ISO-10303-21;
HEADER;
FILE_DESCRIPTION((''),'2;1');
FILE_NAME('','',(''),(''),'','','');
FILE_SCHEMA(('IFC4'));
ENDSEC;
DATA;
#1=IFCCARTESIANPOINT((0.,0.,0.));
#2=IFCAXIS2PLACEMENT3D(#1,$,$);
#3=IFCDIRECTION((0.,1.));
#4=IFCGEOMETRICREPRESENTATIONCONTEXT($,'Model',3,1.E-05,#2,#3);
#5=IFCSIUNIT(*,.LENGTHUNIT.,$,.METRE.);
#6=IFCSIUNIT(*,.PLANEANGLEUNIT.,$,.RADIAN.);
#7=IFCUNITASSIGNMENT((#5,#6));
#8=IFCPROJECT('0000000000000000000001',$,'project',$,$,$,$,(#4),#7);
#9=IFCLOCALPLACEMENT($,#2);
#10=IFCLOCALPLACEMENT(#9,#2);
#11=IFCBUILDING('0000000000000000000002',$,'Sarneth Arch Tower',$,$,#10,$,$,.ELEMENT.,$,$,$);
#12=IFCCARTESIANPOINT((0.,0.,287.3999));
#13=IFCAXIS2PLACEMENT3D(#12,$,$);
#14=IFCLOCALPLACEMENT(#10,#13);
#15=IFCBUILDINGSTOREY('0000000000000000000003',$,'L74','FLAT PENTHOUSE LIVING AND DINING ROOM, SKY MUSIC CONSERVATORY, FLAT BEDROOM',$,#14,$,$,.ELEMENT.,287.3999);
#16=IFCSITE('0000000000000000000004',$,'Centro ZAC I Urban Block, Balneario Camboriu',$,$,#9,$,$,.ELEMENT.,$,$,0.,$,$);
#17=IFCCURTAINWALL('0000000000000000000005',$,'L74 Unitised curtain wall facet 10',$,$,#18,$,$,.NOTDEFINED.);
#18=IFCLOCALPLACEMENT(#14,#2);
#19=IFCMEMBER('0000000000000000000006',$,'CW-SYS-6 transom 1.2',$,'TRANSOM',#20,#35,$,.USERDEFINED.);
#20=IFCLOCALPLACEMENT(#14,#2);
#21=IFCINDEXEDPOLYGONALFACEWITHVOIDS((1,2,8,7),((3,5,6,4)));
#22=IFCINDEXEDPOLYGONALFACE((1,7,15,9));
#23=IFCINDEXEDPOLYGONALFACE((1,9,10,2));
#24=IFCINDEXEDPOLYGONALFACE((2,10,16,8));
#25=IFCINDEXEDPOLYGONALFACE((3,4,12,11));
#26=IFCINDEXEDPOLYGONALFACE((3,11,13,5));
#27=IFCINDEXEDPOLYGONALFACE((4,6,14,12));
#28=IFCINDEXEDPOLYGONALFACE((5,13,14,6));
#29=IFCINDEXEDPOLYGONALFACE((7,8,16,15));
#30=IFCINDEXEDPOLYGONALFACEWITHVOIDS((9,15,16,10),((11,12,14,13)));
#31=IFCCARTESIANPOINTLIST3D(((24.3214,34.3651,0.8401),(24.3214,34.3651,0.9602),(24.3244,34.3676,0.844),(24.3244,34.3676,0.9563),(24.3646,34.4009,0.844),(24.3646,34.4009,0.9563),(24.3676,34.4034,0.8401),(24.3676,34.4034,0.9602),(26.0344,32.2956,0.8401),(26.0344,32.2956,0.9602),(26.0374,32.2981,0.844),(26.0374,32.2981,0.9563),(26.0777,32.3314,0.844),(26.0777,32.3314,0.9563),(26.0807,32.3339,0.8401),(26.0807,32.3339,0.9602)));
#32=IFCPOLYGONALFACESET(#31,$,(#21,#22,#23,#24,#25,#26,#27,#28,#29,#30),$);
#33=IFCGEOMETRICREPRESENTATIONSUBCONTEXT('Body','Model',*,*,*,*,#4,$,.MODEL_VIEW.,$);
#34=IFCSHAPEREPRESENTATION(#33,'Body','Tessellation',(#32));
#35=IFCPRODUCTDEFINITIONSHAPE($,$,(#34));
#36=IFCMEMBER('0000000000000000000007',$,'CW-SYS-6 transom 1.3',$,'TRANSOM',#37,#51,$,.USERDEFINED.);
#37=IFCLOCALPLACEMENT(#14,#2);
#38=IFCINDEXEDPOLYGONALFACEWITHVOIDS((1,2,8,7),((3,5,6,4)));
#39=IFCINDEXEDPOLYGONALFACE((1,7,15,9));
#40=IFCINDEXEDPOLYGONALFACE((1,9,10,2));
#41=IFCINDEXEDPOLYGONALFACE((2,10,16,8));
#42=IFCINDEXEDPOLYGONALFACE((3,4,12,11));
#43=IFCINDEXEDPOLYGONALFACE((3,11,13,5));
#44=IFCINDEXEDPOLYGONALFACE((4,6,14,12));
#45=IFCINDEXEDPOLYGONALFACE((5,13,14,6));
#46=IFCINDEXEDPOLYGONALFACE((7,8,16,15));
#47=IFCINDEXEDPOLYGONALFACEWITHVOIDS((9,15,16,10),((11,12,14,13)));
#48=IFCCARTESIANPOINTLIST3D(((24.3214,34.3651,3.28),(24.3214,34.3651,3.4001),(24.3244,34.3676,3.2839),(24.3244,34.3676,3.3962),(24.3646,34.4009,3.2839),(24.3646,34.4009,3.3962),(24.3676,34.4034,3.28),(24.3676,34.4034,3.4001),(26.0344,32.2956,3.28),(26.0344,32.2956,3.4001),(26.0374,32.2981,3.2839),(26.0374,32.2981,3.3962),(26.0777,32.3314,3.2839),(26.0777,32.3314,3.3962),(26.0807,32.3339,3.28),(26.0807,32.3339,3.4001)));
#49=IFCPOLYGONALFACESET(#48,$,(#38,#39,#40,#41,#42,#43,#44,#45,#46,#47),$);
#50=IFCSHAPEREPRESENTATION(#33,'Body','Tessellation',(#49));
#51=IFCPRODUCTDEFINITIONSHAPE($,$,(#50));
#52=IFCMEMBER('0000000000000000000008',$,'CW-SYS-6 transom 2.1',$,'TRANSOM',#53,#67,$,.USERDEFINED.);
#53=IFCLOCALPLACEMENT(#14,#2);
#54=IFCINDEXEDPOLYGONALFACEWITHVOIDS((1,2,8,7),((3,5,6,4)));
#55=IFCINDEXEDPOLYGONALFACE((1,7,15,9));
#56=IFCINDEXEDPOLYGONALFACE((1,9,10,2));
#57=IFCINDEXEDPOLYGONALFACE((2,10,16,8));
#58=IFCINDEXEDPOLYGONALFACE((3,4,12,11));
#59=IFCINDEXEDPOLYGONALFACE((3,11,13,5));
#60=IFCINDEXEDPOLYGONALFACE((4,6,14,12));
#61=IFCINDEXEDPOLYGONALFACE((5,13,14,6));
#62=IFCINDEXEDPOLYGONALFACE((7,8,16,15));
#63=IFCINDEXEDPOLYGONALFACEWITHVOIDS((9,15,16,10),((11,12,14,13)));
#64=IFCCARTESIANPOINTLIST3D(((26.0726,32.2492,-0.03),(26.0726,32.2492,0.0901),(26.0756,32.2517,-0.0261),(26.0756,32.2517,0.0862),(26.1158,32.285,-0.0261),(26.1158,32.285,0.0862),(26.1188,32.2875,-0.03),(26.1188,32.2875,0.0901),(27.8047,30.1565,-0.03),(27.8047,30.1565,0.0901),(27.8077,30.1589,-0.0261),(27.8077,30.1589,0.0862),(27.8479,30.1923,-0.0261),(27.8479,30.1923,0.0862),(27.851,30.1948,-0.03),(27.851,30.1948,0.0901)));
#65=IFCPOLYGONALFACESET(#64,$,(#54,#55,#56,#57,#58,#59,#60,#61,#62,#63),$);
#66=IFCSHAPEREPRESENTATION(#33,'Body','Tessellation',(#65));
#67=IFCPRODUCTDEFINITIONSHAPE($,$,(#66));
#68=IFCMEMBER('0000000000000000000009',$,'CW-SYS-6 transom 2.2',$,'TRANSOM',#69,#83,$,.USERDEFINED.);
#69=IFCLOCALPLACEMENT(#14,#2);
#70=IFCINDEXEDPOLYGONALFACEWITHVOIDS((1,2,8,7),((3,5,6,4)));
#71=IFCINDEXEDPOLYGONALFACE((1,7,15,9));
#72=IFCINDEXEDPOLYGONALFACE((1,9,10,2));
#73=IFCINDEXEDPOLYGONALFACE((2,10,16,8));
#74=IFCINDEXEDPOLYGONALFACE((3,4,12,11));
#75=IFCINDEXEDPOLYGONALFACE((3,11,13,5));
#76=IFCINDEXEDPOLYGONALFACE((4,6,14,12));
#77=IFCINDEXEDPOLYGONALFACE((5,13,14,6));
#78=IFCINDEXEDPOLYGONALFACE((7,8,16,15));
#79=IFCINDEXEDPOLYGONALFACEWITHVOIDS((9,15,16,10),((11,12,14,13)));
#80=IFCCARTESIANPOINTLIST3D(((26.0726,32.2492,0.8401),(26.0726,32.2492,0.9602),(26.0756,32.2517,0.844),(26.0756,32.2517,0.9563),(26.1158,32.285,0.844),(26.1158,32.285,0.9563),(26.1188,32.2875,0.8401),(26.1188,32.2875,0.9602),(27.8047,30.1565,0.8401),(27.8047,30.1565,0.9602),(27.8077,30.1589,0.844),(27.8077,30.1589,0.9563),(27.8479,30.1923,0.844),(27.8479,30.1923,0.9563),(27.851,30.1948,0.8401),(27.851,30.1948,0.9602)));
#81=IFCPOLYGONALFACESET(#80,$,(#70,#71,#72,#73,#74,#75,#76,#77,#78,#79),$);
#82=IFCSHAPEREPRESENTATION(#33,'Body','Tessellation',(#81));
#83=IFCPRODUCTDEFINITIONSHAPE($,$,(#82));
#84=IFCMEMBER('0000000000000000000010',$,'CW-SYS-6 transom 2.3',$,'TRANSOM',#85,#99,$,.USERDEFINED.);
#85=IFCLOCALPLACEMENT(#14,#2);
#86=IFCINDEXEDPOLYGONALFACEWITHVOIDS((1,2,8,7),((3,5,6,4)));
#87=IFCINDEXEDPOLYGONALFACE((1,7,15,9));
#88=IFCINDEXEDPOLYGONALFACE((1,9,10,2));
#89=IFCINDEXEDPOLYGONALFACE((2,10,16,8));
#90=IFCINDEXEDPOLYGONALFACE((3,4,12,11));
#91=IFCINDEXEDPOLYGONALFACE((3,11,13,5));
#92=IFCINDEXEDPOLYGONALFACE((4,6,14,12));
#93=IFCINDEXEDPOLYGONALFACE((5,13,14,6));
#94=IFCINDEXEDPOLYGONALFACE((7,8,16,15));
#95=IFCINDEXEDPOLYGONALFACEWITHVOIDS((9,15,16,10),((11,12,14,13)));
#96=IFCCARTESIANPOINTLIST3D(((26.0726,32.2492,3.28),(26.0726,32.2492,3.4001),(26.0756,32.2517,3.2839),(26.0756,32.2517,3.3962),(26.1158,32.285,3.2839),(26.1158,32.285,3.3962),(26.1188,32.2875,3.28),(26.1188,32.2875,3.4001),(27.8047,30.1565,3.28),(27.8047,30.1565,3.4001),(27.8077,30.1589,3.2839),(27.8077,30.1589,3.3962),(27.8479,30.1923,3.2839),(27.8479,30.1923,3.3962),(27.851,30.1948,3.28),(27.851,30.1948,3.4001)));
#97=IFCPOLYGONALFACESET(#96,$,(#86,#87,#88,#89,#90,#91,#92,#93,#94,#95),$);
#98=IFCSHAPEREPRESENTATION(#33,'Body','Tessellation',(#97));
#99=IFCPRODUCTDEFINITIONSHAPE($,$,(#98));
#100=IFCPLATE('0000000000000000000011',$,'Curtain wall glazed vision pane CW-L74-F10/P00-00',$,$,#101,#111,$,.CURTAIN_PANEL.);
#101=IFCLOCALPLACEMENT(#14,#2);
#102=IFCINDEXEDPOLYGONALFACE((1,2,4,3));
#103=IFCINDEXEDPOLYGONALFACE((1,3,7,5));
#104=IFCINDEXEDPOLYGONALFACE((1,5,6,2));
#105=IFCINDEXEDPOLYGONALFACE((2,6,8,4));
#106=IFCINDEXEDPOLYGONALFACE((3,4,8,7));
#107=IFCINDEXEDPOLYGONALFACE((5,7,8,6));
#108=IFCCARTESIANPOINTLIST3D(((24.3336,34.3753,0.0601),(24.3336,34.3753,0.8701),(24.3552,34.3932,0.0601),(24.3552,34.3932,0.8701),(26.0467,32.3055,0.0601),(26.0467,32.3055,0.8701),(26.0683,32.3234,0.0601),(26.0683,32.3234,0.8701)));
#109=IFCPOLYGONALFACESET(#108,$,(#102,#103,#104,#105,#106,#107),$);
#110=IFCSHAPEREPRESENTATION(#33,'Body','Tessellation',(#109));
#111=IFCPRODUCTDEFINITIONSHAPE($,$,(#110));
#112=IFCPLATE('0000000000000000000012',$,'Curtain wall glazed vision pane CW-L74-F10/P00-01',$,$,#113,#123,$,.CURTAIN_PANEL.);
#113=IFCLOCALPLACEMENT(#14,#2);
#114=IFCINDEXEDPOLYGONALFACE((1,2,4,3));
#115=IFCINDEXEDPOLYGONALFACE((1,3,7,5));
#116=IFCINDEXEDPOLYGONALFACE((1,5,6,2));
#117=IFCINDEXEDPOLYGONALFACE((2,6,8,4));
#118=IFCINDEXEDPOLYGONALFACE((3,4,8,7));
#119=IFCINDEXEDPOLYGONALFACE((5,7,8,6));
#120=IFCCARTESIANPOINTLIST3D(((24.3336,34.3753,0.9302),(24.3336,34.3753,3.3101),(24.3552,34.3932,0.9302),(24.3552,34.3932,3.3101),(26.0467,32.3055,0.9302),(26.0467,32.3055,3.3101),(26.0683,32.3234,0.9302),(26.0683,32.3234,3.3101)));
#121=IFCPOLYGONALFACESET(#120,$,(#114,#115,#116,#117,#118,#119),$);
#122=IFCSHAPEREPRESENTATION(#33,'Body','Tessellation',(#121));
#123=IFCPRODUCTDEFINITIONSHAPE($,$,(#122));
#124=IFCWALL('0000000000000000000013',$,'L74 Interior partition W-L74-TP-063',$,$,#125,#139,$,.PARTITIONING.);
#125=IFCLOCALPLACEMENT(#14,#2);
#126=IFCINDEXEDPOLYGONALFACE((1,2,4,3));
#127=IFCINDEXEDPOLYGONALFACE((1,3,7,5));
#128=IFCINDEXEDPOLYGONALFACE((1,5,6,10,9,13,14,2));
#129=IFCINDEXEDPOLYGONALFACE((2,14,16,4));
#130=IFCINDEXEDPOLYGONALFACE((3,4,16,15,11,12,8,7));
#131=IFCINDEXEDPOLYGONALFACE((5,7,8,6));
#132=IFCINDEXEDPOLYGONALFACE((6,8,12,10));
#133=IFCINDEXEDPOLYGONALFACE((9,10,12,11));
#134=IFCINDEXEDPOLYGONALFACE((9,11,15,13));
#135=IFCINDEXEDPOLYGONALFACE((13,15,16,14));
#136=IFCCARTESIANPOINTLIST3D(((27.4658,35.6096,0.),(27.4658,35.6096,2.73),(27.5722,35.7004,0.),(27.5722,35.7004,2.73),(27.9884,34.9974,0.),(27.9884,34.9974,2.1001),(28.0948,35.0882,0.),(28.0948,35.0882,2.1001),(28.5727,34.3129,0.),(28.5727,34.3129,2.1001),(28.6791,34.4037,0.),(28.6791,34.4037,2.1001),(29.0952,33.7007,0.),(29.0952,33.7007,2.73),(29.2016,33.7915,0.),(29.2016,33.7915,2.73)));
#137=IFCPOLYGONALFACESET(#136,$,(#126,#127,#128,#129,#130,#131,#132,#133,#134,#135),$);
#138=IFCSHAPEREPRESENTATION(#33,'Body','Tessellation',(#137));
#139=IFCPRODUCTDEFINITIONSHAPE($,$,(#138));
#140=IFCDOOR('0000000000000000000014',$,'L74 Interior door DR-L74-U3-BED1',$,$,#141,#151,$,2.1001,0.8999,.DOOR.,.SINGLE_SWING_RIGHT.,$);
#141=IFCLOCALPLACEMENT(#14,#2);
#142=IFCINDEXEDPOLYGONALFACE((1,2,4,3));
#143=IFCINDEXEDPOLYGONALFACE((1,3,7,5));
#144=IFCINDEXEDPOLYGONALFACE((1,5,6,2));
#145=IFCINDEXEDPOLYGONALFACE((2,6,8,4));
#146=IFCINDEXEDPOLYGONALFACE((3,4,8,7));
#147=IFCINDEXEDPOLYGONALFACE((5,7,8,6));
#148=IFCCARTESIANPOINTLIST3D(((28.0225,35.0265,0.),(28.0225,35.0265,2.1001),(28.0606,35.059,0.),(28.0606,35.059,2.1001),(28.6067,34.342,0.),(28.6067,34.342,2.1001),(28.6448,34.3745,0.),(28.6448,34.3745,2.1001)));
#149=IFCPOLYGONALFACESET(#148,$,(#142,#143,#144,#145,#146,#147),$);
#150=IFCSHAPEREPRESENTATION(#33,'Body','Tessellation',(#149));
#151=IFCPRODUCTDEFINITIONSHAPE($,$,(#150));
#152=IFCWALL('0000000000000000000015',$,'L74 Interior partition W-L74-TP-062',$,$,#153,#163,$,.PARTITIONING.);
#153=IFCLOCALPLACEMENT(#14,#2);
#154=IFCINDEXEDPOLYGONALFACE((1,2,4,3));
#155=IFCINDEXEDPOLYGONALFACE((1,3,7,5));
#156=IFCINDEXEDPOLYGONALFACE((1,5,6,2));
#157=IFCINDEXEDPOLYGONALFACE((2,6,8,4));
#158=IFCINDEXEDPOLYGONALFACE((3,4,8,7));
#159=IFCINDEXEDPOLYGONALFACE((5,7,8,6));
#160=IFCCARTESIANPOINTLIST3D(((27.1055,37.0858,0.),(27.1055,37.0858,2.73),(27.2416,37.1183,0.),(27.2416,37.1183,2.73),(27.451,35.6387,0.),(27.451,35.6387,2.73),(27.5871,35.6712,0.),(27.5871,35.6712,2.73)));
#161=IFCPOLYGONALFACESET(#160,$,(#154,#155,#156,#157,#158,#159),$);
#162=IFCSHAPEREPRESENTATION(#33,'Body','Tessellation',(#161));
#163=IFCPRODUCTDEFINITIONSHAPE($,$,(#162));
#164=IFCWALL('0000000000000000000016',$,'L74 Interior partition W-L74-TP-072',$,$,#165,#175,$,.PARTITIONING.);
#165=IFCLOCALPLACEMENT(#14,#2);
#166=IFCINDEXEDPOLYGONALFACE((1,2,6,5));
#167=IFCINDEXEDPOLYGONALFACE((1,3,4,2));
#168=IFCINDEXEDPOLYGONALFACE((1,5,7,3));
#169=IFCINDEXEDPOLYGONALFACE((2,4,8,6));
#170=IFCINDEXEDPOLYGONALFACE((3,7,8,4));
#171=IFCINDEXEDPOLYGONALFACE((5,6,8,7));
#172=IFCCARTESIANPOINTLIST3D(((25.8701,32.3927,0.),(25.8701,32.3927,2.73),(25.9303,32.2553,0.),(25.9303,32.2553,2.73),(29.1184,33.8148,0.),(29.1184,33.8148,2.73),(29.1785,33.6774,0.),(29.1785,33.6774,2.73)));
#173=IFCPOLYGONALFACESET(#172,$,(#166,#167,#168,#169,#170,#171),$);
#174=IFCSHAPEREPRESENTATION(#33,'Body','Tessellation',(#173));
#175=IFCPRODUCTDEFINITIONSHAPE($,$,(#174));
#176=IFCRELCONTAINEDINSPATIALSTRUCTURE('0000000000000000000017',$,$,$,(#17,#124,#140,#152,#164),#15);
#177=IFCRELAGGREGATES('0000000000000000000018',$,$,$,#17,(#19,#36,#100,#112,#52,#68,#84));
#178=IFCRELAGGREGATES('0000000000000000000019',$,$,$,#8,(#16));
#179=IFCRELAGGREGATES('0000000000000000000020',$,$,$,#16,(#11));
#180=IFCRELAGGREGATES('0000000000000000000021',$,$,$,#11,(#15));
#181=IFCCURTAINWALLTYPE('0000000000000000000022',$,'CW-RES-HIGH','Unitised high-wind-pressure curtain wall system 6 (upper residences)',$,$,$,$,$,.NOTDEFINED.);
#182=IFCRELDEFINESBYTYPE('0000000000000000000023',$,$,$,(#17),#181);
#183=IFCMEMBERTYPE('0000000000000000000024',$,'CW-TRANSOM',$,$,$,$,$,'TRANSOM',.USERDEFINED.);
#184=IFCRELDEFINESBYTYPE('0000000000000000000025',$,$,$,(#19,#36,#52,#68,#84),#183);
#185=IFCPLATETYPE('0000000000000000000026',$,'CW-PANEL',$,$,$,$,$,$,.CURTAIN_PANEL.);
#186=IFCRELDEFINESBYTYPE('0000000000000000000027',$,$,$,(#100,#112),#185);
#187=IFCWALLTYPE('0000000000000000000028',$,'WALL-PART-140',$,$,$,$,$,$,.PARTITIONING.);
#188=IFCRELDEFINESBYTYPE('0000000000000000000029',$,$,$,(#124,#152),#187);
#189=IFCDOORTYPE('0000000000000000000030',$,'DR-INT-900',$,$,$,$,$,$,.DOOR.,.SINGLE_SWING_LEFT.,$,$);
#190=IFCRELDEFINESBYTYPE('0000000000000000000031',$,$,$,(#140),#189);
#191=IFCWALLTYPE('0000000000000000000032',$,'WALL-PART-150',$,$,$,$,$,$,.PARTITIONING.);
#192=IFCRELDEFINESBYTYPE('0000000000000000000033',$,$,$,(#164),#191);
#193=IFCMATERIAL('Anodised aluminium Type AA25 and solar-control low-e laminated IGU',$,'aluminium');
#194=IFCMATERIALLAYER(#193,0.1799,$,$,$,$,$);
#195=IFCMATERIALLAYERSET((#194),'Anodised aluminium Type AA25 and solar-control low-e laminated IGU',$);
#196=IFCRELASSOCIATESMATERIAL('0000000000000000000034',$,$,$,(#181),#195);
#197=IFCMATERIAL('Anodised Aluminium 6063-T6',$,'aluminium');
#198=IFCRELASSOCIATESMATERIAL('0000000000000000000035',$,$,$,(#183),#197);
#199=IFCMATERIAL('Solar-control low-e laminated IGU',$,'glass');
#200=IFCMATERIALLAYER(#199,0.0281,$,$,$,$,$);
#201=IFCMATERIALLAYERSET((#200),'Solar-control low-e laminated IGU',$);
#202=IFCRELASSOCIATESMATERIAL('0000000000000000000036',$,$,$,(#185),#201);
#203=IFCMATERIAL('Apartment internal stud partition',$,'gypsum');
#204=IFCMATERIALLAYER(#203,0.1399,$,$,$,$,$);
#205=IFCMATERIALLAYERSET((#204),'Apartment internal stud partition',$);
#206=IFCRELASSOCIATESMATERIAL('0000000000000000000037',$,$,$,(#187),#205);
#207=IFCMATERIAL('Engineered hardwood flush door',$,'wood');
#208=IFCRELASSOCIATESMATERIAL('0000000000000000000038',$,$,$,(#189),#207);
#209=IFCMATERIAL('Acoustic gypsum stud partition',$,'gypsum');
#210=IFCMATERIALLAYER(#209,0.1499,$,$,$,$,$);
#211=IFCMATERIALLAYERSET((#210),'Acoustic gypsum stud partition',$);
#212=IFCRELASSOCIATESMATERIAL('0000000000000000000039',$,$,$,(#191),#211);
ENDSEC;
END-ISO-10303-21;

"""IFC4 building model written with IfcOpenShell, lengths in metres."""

from ifc_helpers import new_model, si_unit, direction, frame, frame_2d, origin, origin_2d, place, context, subcontext, project, spatial, rectangle, hollow_rectangle, extrude, material, layer, layer_set, material_profile, profile_set, type_object, element, fill, aggregate, save


model = new_model("IFC4")

# Units and contexts
model_context = context("Model", 3, precision=1e-05, world=origin(), true_north=direction((0.0, 1.0)))
body_context = subcontext(model_context, "Body", "Model", "MODEL_VIEW")
ifc_project = project(units=[si_unit("LENGTHUNIT", "METRE"), si_unit("PLANEANGLEUNIT", "RADIAN")], contexts=[model_context])

# Site, building, storey
site_placement = place(None, origin())
site = spatial("IfcSite", under=ifc_project, at=site_placement, Name="Centro ZAC I Urban Block, Balneario Camboriu", CompositionType="ELEMENT", RefElevation=0.0)
building_placement = place(site_placement, origin())
building = spatial("IfcBuilding", under=site, at=building_placement, Name="Sarneth Arch Tower", CompositionType="ELEMENT")
storey_placement = place(building_placement, frame((0.0, 0.0, 287.3999)))
storey = spatial("IfcBuildingStorey", under=building, at=storey_placement, Name="L74", Description="FLAT PENTHOUSE LIVING AND DINING ROOM, SKY MUSIC CONSERVATORY, FLAT BEDROOM", CompositionType="ELEMENT", Elevation=287.3999)

# Curtain wall, members, plates
ifc_material_1 = material(Name="Anodised aluminium Type AA25 and solar-control low-e laminated IGU", Category="aluminium")
ifc_layer_1 = layer(ifc_material_1, 0.1799)
ifc_layer_set_1 = layer_set([ifc_layer_1], Name="Anodised aluminium Type AA25 and solar-control low-e laminated IGU")
curtain_wall_type = type_object("IfcCurtainWallType", Name="CW-RES-HIGH", Description="Unitised high-wind-pressure curtain wall system 6 (upper residences)", PredefinedType="NOTDEFINED", material=ifc_layer_set_1)
curtain_wall_placement = place(storey_placement, origin())
curtain_wall = element("IfcCurtainWall", 1, at=curtain_wall_placement, inside=storey, type_object=curtain_wall_type, Name="L74 Unitised curtain wall facet 10", PredefinedType="NOTDEFINED")
ifc_material_2 = material(Name="Anodised Aluminium 6063-T6", Category="aluminium")
ifc_material_profile_1 = material_profile(ifc_material_2, hollow_rectangle(XDim=0.0601, YDim=0.1201, WallThickness=0.0039, at=origin_2d()), Name="AL-TRAN-120x60x4")
ifc_profile_set_1 = profile_set([ifc_material_profile_1], Name="Anodised Aluminium 6063-T6")
member_type_1 = type_object("IfcMemberType", Name="CW-TRANSOM", ElementType="TRANSOM", PredefinedType="USERDEFINED", material=ifc_profile_set_1)
member_1_placement = place(storey_placement, frame((24.3445, 34.3843, 0.9001), z_axis=(0.637651, -0.770325, 0.0), x_axis=(0.770325, 0.637651, 0.0)))
member_1 = element("IfcMember", 2, at=member_1_placement, type_object=member_type_1, Name="CW-SYS-6 transom 1.2", ObjectType="TRANSOM", PredefinedType="USERDEFINED", context=body_context, shape_type="SweptSolid", body=[
    extrude(hollow_rectangle(XDim=0.0601, YDim=0.1201, WallThickness=0.0039, at=origin_2d()), origin(), (0.0, 0.0, 1.0), 2.6865),
])
member_2_placement = place(storey_placement, frame((24.3445, 34.3843, 3.3401), z_axis=(0.637651, -0.770325, 0.0), x_axis=(0.770325, 0.637651, 0.0)))
member_2 = element("IfcMember", 3, at=member_2_placement, type_object=member_type_1, Name="CW-SYS-6 transom 1.3", ObjectType="TRANSOM", PredefinedType="USERDEFINED", context=body_context, shape_type="SweptSolid", body=[
    extrude(hollow_rectangle(XDim=0.0601, YDim=0.1201, WallThickness=0.0039, at=origin_2d()), origin(), (0.0, 0.0, 1.0), 2.6865),
])
member_3_placement = place(storey_placement, frame((26.0957, 32.2683, 0.03), z_axis=(0.637617, -0.770353, 0.0), x_axis=(0.770353, 0.637617, 0.0)))
member_3 = element("IfcMember", 4, at=member_3_placement, type_object=member_type_1, Name="CW-SYS-6 transom 2.1", ObjectType="TRANSOM", PredefinedType="USERDEFINED", context=body_context, shape_type="SweptSolid", body=[
    extrude(hollow_rectangle(XDim=0.0601, YDim=0.1201, WallThickness=0.0039, at=origin_2d()), origin(), (0.0, 0.0, 1.0), 2.7166),
])
member_4_placement = place(storey_placement, frame((26.0957, 32.2683, 0.9001), z_axis=(0.637617, -0.770353, 0.0), x_axis=(0.770353, 0.637617, 0.0)))
member_4 = element("IfcMember", 5, at=member_4_placement, type_object=member_type_1, Name="CW-SYS-6 transom 2.2", ObjectType="TRANSOM", PredefinedType="USERDEFINED", context=body_context, shape_type="SweptSolid", body=[
    extrude(hollow_rectangle(XDim=0.0601, YDim=0.1201, WallThickness=0.0039, at=origin_2d()), origin(), (0.0, 0.0, 1.0), 2.7166),
])
member_5_placement = place(storey_placement, frame((26.0957, 32.2683, 3.3401), z_axis=(0.637617, -0.770353, 0.0), x_axis=(0.770353, 0.637617, 0.0)))
member_5 = element("IfcMember", 6, at=member_5_placement, type_object=member_type_1, Name="CW-SYS-6 transom 2.3", ObjectType="TRANSOM", PredefinedType="USERDEFINED", context=body_context, shape_type="SweptSolid", body=[
    extrude(hollow_rectangle(XDim=0.0601, YDim=0.1201, WallThickness=0.0039, at=origin_2d()), origin(), (0.0, 0.0, 1.0), 2.7166),
])
ifc_material_3 = material(Name="Solar-control low-e laminated IGU", Category="glass")
ifc_layer_2 = layer(ifc_material_3, 0.0281)
ifc_layer_set_2 = layer_set([ifc_layer_2], Name="Solar-control low-e laminated IGU")
plate_type = type_object("IfcPlateType", Name="CW-PANEL", PredefinedType="CURTAIN_PANEL", material=ifc_layer_set_2)
plate_1_placement = place(storey_placement, frame((25.2009, 33.3494, 0.0601), z_axis=(0.0, 0.0, 1.0), x_axis=(0.63761, -0.770359, 0.0)))
plate_1 = element("IfcPlate", 7, at=plate_1_placement, type_object=plate_type, Name="Curtain wall glazed vision pane CW-L74-F10/P00-00", PredefinedType="CURTAIN_PANEL", context=body_context, shape_type="SweptSolid", body=[
    extrude(rectangle(XDim=2.6868, YDim=0.0281, at=origin_2d()), origin(), (0.0, 0.0, 1.0), 0.8101),
])
plate_2_placement = place(storey_placement, frame((25.2009, 33.3494, 0.9302), z_axis=(0.0, 0.0, 1.0), x_axis=(0.63761, -0.770359, 0.0)))
plate_2 = element("IfcPlate", 8, at=plate_2_placement, type_object=plate_type, Name="Curtain wall glazed vision pane CW-L74-F10/P00-01", PredefinedType="CURTAIN_PANEL", context=body_context, shape_type="SweptSolid", body=[
    extrude(rectangle(XDim=2.6868, YDim=0.0281, at=origin_2d()), origin(), (0.0, 0.0, 1.0), 2.3799),
])
aggregate(curtain_wall, [member_1, member_2, plate_1, plate_2, member_3, member_4, member_5])

# Wall, opening, door
ifc_material_4 = material(Name="Apartment internal stud partition", Category="gypsum")
ifc_layer_3 = layer(ifc_material_4, 0.1399)
ifc_layer_set_3 = layer_set([ifc_layer_3], Name="Apartment internal stud partition")
wall_type_1 = type_object("IfcWallType", Name="WALL-PART-140", PredefinedType="PARTITIONING", material=ifc_layer_set_3)
wall_1_placement = place(storey_placement, frame((27.519, 35.655, 0.0), z_axis=(0.0, 0.0, 1.0), x_axis=(0.64922, -0.760601, 0.0)))
wall_1 = element("IfcWall", 9, at=wall_1_placement, inside=storey, type_object=wall_type_1, Name="L74 Interior partition W-L74-TP-063", PredefinedType="PARTITIONING", context=body_context, shape_type="SweptSolid", body=[
    extrude(rectangle(XDim=2.5098, YDim=0.1399, at=frame_2d((1.2549, 0.0))), origin(), (0.0, 0.0, 1.0), 2.73),
])
opening_1_placement = place(wall_1_placement, frame((0.8049, 0.0, 0.0)))
opening_1 = element("IfcOpeningElement", 10, at=opening_1_placement, cuts=wall_1, PredefinedType="OPENING", context=body_context, shape_type="SweptSolid", body=[
    extrude(rectangle(XDim=0.8999, YDim=2.1001, at=frame_2d((0.45, 1.05))), frame((0.0, 0.0798, 0.0), z_axis=(0.0, -1.0, 0.0), x_axis=(1.0, 0.0, 0.0)), (0.0, 0.0, 1.0), 0.1599),
])
ifc_material_5 = material(Name="Engineered hardwood flush door", Category="wood")
door_type = type_object("IfcDoorType", Name="DR-INT-900", OperationType="SINGLE_SWING_LEFT", PredefinedType="DOOR", material=ifc_material_5)
door_1_placement = place(opening_1_placement, origin())
door_1 = element("IfcDoor", 11, at=door_1_placement, inside=storey, type_object=door_type, Name="L74 Interior door DR-L74-U3-BED1", OperationType="SINGLE_SWING_RIGHT", OverallHeight=2.1001, OverallWidth=0.8999, PredefinedType="DOOR", context=body_context, shape_type="SweptSolid", body=[
    extrude(rectangle(XDim=0.8999, YDim=2.1001, at=frame_2d((0.45, 1.05))), frame((0.0, 0.0249, 0.0), z_axis=(0.0, -1.0, 0.0), x_axis=(1.0, 0.0, 0.0)), (0.0, 0.0, 1.0), 0.05),
])
fill(opening_1, door_1)

# Walls
wall_2_placement = place(storey_placement, frame((27.1736, 37.1021, 0.0), z_axis=(0.0, 0.0, 1.0), x_axis=(0.232212, -0.972665, 0.0)))
element("IfcWall", 12, at=wall_2_placement, inside=storey, type_object=wall_type_1, Name="L74 Interior partition W-L74-TP-062", PredefinedType="PARTITIONING", context=body_context, shape_type="SweptSolid", body=[
    extrude(rectangle(XDim=1.4878, YDim=0.1399, at=frame_2d((0.7439, 0.0))), origin(), (0.0, 0.0, 1.0), 2.73),
])
ifc_material_6 = material(Name="Acoustic gypsum stud partition", Category="gypsum")
ifc_layer_4 = layer(ifc_material_6, 0.1499)
ifc_layer_set_4 = layer_set([ifc_layer_4], Name="Acoustic gypsum stud partition")
wall_type_2 = type_object("IfcWallType", Name="WALL-PART-150", PredefinedType="PARTITIONING", material=ifc_layer_set_4)
wall_3_placement = place(storey_placement, frame((29.1484, 33.7461, 0.0), z_axis=(0.0, 0.0, 1.0), x_axis=(-0.916055, -0.401054, 0.0)))
element("IfcWall", 13, at=wall_3_placement, inside=storey, type_object=wall_type_2, Name="L74 Interior partition W-L74-TP-072", PredefinedType="PARTITIONING", context=body_context, shape_type="SweptSolid", body=[
    extrude(rectangle(XDim=3.5459, YDim=0.1499, at=frame_2d((1.7729, 0.0))), origin(), (0.0, 0.0, 1.0), 2.73),
])

save(model, "model.ifc")
